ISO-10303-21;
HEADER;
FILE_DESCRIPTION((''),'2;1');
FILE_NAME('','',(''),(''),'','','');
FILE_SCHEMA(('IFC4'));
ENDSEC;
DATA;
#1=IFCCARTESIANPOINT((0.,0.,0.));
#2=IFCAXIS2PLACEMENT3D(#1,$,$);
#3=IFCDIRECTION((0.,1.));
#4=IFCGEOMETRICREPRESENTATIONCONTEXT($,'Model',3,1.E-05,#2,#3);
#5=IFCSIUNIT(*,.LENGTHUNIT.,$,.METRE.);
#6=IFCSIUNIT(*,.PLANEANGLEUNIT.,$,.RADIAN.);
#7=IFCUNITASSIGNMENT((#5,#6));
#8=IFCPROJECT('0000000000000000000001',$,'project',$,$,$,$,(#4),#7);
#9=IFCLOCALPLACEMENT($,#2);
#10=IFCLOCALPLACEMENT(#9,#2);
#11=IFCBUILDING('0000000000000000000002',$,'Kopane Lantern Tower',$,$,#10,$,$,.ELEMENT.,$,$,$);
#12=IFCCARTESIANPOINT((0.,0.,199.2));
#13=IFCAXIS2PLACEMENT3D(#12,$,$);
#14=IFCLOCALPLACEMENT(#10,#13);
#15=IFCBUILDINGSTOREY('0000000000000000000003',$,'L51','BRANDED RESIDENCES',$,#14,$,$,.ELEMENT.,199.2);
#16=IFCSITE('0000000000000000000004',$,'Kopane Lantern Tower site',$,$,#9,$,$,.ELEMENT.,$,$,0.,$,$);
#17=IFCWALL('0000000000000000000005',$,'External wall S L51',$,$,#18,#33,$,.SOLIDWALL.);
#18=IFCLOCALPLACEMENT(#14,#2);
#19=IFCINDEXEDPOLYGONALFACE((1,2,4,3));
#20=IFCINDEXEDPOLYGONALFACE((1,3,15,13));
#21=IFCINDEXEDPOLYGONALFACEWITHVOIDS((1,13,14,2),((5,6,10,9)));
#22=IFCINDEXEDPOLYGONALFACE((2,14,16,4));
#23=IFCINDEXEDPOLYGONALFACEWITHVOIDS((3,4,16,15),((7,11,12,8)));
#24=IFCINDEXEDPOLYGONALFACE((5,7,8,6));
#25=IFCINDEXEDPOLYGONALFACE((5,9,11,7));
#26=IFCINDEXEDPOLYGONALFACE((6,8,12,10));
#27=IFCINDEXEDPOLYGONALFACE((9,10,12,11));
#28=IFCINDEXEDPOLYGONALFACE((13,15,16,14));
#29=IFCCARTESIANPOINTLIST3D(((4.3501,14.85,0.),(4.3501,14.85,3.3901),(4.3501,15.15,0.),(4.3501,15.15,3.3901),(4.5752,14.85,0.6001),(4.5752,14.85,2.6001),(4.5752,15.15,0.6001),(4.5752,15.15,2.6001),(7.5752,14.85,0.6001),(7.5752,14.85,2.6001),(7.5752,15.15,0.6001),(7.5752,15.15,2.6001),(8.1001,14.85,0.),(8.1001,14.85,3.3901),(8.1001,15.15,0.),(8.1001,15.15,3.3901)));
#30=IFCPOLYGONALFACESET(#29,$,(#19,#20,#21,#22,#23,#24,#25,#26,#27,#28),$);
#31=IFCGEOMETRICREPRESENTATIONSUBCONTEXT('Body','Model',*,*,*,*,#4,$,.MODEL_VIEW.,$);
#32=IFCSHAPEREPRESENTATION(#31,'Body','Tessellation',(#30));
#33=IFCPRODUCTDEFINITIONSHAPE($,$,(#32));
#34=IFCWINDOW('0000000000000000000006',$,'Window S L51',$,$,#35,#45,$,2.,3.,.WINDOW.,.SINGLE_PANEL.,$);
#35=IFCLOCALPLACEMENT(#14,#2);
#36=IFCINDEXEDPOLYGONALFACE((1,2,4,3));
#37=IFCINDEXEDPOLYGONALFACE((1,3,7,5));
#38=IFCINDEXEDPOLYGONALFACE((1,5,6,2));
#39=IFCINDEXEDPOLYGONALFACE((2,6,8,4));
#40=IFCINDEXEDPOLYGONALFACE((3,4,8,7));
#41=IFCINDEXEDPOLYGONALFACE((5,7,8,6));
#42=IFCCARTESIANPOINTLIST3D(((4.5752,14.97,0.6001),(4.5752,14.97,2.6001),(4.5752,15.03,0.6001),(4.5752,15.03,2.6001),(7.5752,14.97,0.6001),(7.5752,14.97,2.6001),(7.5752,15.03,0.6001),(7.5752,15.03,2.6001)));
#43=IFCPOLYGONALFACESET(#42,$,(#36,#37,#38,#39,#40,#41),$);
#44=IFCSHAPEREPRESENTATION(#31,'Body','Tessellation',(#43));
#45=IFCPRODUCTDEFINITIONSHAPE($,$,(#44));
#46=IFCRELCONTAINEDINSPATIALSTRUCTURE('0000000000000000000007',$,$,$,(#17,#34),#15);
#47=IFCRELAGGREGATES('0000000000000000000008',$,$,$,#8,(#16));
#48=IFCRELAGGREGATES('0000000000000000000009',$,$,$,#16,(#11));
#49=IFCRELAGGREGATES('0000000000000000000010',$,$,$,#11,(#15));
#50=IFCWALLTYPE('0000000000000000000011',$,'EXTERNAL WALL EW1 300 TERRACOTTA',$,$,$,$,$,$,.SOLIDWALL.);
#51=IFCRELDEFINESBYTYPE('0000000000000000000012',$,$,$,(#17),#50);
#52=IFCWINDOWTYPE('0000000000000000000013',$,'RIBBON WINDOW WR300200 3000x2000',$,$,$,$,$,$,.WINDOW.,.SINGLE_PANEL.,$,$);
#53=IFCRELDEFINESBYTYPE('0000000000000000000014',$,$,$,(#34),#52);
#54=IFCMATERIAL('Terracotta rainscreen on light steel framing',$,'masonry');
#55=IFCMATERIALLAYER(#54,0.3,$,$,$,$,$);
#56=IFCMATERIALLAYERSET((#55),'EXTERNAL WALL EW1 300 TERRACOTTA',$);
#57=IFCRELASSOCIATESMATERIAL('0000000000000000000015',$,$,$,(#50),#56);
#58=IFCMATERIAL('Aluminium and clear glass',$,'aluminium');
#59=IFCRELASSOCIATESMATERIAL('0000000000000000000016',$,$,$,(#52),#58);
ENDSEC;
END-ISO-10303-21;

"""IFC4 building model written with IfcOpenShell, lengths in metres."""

from ifc_helpers import new_model, si_unit, direction, frame, frame_2d, origin, place, context, subcontext, project, spatial, rectangle, extrude, material, layer, layer_set, type_object, element, fill, save


model = new_model("IFC4")

# Units and contexts
model_context = context("Model", 3, precision=1e-05, world=origin(), true_north=direction((0.0, 1.0)))
body_context = subcontext(model_context, "Body", "Model", "MODEL_VIEW")
ifc_project = project(units=[si_unit("LENGTHUNIT", "METRE"), si_unit("PLANEANGLEUNIT", "RADIAN")], contexts=[model_context])

# Site, building, storey
site_placement = place(None, origin())
site = spatial("IfcSite", under=ifc_project, at=site_placement, Name="Kopane Lantern Tower site", CompositionType="ELEMENT", RefElevation=0.0)
building_placement = place(site_placement, origin())
building = spatial("IfcBuilding", under=site, at=building_placement, Name="Kopane Lantern Tower", CompositionType="ELEMENT")
storey_placement = place(building_placement, frame((0.0, 0.0, 199.2)))
storey = spatial("IfcBuildingStorey", under=building, at=storey_placement, Name="L51", Description="BRANDED RESIDENCES", CompositionType="ELEMENT", Elevation=199.2)

# Wall, opening, window
ifc_material_1 = material(Name="Terracotta rainscreen on light steel framing", Category="masonry")
ifc_layer = layer(ifc_material_1, 0.3)
ifc_layer_set = layer_set([ifc_layer], Name="EXTERNAL WALL EW1 300 TERRACOTTA")
wall_type = type_object("IfcWallType", Name="EXTERNAL WALL EW1 300 TERRACOTTA", PredefinedType="SOLIDWALL", material=ifc_layer_set)
wall_placement = place(storey_placement, frame((4.3501, 15.0, 0.0), z_axis=(0.0, 0.0, 1.0), x_axis=(1.0, 0.0, 0.0)))
wall = element("IfcWall", 1, at=wall_placement, inside=storey, type_object=wall_type, Name="External wall S L51", PredefinedType="SOLIDWALL", context=body_context, shape_type="SweptSolid", body=[
    extrude(rectangle(XDim=3.75, YDim=0.3, at=frame_2d((1.875, 0.0))), origin(), (0.0, 0.0, 1.0), 3.3901),
])
opening_placement = place(wall_placement, frame((0.2251, 0.0, 0.6001)))
opening = element("IfcOpeningElement", 2, at=opening_placement, cuts=wall, PredefinedType="OPENING", context=body_context, shape_type="SweptSolid", body=[
    extrude(rectangle(XDim=3.0, YDim=2.0, at=frame_2d((1.5, 1.0))), frame((0.0, 0.1599, 0.0), z_axis=(0.0, -1.0, 0.0), x_axis=(1.0, 0.0, 0.0)), (0.0, 0.0, 1.0), 0.3201),
])
ifc_material_2 = material(Name="Aluminium and clear glass", Category="aluminium")
window_type = type_object("IfcWindowType", Name="RIBBON WINDOW WR300200 3000x2000", PartitioningType="SINGLE_PANEL", PredefinedType="WINDOW", material=ifc_material_2)
window_placement = place(opening_placement, origin())
window = element("IfcWindow", 3, at=window_placement, inside=storey, type_object=window_type, Name="Window S L51", OverallHeight=2.0, OverallWidth=3.0, PartitioningType="SINGLE_PANEL", PredefinedType="WINDOW", context=body_context, shape_type="SweptSolid", body=[
    extrude(rectangle(XDim=3.0, YDim=2.0, at=frame_2d((1.5, 1.0))), frame((0.0, 0.03, 0.0), z_axis=(0.0, -1.0, 0.0), x_axis=(1.0, 0.0, 0.0)), (0.0, 0.0, 1.0), 0.0601),
])
fill(opening, window)

save(model, "model.ifc")
